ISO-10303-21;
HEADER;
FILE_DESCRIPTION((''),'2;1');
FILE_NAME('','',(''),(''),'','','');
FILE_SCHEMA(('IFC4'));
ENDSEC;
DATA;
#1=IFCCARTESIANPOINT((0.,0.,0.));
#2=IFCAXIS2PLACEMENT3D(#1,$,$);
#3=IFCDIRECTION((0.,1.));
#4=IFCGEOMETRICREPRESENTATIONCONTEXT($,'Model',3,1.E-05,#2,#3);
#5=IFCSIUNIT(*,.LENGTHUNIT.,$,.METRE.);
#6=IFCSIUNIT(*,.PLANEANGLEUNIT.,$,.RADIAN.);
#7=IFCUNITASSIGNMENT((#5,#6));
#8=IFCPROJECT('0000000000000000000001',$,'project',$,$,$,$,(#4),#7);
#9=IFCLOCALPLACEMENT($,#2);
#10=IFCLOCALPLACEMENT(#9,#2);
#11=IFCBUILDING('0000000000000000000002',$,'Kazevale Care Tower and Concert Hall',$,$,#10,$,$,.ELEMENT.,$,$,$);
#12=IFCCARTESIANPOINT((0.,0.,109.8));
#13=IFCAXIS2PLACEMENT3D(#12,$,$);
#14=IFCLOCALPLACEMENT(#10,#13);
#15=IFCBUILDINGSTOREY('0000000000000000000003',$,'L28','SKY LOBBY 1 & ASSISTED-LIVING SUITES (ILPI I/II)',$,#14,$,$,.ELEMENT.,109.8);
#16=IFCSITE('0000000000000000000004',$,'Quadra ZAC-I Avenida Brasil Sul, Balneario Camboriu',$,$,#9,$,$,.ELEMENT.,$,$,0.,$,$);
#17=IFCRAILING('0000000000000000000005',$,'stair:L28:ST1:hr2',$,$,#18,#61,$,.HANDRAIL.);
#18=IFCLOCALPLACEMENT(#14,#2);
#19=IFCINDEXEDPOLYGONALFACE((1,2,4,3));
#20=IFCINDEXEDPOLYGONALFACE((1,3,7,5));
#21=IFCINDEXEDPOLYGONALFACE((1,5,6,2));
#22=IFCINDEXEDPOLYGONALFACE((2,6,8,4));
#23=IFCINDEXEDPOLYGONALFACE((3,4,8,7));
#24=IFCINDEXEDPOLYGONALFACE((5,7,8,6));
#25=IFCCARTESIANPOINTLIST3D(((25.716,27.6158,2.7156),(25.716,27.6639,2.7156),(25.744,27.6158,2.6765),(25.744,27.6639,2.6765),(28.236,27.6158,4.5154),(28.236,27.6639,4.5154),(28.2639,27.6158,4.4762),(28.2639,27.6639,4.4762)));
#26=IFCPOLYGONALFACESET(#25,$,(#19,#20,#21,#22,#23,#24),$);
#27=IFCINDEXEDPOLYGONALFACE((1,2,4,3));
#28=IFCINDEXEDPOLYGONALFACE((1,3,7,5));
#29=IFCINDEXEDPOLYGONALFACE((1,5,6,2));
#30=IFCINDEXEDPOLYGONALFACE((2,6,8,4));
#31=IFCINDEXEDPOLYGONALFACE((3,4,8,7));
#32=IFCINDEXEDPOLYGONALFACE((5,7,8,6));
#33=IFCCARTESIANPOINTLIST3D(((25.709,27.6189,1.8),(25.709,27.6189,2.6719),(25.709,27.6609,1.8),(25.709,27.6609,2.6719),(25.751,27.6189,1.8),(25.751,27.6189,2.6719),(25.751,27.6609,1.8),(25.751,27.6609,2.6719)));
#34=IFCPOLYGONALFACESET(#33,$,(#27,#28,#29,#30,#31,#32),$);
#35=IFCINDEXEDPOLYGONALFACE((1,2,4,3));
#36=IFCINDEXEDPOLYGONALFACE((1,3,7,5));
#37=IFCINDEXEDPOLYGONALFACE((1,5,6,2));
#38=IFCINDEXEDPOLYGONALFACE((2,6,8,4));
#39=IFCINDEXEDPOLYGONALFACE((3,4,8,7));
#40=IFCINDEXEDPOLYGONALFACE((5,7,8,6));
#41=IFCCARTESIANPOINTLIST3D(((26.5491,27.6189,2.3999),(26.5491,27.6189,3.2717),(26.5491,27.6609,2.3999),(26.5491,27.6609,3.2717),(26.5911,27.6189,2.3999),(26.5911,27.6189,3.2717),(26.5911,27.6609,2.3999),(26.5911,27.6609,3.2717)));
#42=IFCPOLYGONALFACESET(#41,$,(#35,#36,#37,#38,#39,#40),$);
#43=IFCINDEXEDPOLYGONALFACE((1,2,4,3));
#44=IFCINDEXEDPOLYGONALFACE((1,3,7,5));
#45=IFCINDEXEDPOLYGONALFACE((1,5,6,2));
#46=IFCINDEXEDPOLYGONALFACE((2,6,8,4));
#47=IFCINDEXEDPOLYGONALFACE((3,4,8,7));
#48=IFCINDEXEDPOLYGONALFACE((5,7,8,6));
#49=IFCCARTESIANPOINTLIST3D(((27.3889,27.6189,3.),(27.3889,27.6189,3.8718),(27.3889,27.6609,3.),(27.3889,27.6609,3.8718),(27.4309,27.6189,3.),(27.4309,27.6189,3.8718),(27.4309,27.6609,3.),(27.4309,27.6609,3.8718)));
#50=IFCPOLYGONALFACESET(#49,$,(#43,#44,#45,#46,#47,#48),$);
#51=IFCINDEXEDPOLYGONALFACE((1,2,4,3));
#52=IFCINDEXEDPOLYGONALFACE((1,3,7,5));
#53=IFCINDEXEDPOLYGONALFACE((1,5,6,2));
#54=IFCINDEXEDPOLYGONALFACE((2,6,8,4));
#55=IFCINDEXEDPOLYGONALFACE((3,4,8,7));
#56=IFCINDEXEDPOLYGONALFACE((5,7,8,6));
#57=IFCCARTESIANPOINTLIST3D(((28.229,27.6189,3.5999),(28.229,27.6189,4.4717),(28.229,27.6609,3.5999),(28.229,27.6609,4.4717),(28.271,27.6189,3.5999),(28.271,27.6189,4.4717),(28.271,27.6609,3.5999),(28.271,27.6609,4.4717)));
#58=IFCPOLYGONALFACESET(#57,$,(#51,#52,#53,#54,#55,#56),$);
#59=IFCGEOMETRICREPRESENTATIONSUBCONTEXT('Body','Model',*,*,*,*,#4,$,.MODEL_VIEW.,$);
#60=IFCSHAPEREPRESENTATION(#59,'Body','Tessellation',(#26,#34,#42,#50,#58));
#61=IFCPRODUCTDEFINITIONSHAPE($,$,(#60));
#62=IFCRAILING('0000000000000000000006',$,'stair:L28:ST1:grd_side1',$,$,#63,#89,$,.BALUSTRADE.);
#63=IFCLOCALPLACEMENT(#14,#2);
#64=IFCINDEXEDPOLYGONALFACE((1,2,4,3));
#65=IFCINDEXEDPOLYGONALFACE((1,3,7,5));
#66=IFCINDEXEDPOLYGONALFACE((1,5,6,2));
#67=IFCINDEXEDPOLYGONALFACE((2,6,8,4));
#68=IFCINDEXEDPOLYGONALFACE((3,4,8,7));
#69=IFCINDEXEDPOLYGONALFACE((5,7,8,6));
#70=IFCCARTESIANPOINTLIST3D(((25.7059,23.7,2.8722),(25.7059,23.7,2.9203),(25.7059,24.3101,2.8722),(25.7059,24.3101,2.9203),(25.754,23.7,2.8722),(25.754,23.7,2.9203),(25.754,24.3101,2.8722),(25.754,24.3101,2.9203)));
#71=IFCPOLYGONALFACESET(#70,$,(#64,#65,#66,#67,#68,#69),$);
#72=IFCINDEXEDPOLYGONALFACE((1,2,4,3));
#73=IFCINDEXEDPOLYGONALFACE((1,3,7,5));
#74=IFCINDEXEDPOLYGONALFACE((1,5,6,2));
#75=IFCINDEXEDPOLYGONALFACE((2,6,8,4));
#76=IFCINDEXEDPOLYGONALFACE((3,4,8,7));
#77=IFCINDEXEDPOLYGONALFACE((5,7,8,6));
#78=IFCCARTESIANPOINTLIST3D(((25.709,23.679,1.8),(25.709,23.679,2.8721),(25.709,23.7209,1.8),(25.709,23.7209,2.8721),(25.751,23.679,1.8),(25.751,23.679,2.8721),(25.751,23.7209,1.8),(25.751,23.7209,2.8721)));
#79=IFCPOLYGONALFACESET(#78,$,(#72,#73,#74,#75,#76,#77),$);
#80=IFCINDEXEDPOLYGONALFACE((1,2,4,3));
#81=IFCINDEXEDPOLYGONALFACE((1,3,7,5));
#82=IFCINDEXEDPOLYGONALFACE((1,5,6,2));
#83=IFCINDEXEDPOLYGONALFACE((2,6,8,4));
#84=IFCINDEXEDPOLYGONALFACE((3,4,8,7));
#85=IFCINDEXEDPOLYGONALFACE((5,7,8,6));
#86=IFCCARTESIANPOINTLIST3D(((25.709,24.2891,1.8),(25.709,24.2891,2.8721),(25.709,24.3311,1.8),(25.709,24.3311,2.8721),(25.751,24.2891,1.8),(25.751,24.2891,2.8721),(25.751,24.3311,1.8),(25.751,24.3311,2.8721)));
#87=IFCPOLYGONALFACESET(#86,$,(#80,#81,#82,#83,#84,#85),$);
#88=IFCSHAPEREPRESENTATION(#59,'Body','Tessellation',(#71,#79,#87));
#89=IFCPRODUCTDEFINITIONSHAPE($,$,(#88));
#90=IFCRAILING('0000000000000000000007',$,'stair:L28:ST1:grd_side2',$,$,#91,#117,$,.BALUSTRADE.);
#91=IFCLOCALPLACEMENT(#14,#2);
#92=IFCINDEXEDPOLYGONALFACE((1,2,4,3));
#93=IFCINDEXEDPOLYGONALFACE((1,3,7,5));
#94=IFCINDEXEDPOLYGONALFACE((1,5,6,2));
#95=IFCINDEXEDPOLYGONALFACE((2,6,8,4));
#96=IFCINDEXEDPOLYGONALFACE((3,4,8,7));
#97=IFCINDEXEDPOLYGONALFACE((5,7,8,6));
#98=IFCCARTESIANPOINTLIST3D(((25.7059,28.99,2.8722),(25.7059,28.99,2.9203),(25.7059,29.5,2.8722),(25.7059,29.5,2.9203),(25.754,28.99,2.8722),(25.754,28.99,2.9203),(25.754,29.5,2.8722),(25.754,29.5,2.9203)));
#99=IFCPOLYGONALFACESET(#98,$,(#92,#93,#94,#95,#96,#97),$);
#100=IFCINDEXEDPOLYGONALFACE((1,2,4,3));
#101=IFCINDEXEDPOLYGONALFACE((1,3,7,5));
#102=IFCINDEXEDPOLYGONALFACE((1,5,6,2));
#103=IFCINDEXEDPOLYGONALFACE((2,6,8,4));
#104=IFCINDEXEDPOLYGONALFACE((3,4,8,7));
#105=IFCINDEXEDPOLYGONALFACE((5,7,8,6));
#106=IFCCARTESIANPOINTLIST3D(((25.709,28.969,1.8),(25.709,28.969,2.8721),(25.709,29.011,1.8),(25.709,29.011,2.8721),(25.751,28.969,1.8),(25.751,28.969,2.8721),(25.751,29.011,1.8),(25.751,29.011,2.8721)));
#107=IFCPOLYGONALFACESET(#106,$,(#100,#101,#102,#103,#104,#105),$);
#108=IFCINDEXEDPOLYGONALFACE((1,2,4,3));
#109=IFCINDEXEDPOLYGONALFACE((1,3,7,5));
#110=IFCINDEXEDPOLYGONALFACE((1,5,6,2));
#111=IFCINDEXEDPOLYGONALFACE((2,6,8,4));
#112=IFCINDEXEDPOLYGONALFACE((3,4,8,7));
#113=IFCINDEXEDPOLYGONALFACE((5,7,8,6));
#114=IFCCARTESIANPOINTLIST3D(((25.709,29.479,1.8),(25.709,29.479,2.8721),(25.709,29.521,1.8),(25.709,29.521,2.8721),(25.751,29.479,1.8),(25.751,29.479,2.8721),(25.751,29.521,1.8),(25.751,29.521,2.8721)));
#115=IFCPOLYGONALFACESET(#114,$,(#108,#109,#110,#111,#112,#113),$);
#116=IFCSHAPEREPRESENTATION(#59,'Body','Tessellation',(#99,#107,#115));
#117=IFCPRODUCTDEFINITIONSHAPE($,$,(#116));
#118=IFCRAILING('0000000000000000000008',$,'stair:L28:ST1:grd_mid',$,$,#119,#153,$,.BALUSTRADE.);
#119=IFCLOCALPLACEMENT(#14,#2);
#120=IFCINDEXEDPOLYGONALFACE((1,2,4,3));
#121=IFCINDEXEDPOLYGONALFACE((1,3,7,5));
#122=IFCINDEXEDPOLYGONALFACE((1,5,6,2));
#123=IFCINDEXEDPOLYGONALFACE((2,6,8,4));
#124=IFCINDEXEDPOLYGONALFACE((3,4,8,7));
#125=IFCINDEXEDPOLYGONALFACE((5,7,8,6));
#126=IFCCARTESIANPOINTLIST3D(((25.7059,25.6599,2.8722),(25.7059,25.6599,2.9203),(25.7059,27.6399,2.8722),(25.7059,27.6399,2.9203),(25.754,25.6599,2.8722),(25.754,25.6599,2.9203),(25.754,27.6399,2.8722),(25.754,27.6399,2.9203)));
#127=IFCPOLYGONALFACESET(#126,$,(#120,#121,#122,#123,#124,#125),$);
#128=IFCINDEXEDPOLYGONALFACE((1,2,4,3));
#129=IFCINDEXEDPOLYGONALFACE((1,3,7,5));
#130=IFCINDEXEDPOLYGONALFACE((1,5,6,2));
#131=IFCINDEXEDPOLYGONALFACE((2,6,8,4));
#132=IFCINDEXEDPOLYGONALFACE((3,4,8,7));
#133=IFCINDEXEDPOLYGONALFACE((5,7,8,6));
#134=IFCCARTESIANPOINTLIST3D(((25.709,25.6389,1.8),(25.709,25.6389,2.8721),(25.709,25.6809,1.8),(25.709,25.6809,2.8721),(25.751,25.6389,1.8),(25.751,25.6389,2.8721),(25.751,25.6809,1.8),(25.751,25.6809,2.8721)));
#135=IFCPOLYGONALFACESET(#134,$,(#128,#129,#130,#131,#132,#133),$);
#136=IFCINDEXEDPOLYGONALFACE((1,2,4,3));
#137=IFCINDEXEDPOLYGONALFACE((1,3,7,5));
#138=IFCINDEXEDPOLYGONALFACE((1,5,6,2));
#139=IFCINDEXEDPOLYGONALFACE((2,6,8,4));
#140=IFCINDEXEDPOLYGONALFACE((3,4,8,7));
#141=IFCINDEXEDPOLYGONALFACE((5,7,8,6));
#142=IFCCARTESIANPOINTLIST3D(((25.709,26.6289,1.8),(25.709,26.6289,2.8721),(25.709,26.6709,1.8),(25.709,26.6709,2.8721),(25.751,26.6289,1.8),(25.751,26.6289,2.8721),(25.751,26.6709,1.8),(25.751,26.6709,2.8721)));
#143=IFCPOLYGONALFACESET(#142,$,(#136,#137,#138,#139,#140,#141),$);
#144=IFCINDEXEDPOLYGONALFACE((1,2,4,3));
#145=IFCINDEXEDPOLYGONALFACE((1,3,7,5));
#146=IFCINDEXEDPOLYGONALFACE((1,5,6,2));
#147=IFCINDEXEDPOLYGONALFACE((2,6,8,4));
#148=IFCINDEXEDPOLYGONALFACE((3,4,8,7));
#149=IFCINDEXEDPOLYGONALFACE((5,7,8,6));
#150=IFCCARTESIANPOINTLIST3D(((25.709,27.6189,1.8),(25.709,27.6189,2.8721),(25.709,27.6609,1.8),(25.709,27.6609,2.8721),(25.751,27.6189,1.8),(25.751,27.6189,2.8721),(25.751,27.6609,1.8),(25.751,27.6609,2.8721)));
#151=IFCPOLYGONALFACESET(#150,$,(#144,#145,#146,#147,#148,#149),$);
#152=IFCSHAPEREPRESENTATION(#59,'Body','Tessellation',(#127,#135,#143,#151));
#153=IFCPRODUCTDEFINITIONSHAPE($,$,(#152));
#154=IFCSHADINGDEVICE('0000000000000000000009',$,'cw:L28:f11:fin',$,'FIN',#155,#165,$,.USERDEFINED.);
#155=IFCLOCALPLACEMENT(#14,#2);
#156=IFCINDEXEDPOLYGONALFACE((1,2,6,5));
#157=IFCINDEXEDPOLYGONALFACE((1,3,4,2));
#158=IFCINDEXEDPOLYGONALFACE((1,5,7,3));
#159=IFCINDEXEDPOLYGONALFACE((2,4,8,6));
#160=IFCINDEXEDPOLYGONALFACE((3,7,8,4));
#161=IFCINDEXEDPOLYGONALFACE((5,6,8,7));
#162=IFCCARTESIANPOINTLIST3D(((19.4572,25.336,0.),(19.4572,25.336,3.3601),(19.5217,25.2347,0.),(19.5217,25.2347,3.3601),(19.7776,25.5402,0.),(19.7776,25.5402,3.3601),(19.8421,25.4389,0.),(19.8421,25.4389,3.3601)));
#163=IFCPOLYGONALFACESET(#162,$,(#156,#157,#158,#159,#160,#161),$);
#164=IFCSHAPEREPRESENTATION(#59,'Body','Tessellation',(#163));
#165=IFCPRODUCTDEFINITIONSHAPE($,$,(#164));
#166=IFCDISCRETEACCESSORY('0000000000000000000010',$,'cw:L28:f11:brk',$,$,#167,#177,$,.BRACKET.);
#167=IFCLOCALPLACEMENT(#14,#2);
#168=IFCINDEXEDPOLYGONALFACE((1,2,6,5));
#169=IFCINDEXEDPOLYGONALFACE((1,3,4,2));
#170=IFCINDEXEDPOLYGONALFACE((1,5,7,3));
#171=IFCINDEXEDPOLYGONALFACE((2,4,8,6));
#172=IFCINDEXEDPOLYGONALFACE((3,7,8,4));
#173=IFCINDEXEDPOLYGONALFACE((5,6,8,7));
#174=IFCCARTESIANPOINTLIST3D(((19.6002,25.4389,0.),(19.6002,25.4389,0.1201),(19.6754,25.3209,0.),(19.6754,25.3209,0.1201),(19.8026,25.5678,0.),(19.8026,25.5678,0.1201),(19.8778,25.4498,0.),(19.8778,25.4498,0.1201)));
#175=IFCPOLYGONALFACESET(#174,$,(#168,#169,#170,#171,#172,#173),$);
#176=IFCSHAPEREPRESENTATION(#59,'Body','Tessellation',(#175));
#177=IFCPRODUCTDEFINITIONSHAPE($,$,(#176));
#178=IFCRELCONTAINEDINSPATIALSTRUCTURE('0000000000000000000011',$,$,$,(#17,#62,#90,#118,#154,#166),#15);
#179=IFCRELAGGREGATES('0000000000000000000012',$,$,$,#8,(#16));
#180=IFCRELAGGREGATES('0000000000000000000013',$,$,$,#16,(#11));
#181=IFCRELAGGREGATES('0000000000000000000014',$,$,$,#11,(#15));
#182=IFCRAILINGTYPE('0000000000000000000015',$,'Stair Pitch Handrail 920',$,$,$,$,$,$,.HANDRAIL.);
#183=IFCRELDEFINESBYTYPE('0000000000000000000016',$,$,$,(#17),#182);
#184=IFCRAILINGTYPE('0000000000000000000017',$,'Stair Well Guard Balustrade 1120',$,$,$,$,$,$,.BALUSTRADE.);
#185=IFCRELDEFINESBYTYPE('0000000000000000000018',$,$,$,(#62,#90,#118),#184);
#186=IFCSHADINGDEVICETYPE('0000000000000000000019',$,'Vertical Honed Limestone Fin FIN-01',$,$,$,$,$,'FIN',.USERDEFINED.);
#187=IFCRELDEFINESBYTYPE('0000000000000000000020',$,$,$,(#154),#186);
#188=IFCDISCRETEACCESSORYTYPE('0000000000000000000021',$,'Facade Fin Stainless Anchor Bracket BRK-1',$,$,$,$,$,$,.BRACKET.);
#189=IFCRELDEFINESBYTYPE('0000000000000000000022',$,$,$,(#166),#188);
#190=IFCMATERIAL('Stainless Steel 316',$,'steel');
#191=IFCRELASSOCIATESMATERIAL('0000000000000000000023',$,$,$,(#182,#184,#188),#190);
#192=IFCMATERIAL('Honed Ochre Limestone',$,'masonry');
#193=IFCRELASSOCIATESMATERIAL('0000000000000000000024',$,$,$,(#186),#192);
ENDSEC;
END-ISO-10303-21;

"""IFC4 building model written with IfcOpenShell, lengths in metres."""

from ifc_helpers import new_model, si_unit, direction, frame, origin, origin_2d, place, context, subcontext, project, spatial, rectangle, extrude, material, type_object, element, save


model = new_model("IFC4")

# Units and contexts
model_context = context("Model", 3, precision=1e-05, world=origin(), true_north=direction((0.0, 1.0)))
body_context = subcontext(model_context, "Body", "Model", "MODEL_VIEW")
ifc_project = project(units=[si_unit("LENGTHUNIT", "METRE"), si_unit("PLANEANGLEUNIT", "RADIAN")], contexts=[model_context])

# Site, building, storey
site_placement = place(None, origin())
site = spatial("IfcSite", under=ifc_project, at=site_placement, Name="Quadra ZAC-I Avenida Brasil Sul, Balneario Camboriu", CompositionType="ELEMENT", RefElevation=0.0)
building_placement = place(site_placement, origin())
building = spatial("IfcBuilding", under=site, at=building_placement, Name="Kazevale Care Tower and Concert Hall", CompositionType="ELEMENT")
storey_placement = place(building_placement, frame((0.0, 0.0, 109.8)))
storey = spatial("IfcBuildingStorey", under=building, at=storey_placement, Name="L28", Description="SKY LOBBY 1 & ASSISTED-LIVING SUITES (ILPI I/II)", CompositionType="ELEMENT", Elevation=109.8)

# Railings
ifc_material_1 = material(Name="Stainless Steel 316", Category="steel")
railing_type_1 = type_object("IfcRailingType", Name="Stair Pitch Handrail 920", PredefinedType="HANDRAIL", material=ifc_material_1)
railing_1_placement = place(storey_placement, frame((25.73, 27.6399, 1.8)))
element("IfcRailing", 1, at=railing_1_placement, inside=storey, type_object=railing_type_1, Name="stair:L28:ST1:hr2", PredefinedType="HANDRAIL", context=body_context, shape_type="SweptSolid", body=[
    extrude(rectangle(XDim=0.0481, YDim=0.0481, at=origin_2d()), frame((0.0, 0.0, 0.896), z_axis=(0.813765, 0.0, 0.581193), x_axis=(0.0, 1.0, 0.0)), (0.0, 0.0, 1.0), 3.0967),
    extrude(rectangle(XDim=0.042, YDim=0.042, at=origin_2d()), origin(), (0.0, 0.0, 1.0), 0.8718),
    extrude(rectangle(XDim=0.042, YDim=0.042, at=origin_2d()), frame((0.8401, 0.0, 0.5999)), (0.0, 0.0, 1.0), 0.8718),
    extrude(rectangle(XDim=0.042, YDim=0.042, at=origin_2d()), frame((1.6799, 0.0, 1.2)), (0.0, 0.0, 1.0), 0.8718),
    extrude(rectangle(XDim=0.042, YDim=0.042, at=origin_2d()), frame((2.52, 0.0, 1.7998)), (0.0, 0.0, 1.0), 0.8718),
])
railing_type_2 = type_object("IfcRailingType", Name="Stair Well Guard Balustrade 1120", PredefinedType="BALUSTRADE", material=ifc_material_1)
railing_2_placement = place(storey_placement, frame((25.73, 23.7, 1.8)))
element("IfcRailing", 2, at=railing_2_placement, inside=storey, type_object=railing_type_2, Name="stair:L28:ST1:grd_side1", PredefinedType="BALUSTRADE", context=body_context, shape_type="SweptSolid", body=[
    extrude(rectangle(XDim=0.0481, YDim=0.0481, at=origin_2d()), frame((0.0, 0.0, 1.0962), z_axis=(0.0, 1.0, 0.0), x_axis=(-1.0, 0.0, 0.0)), (0.0, 0.0, 1.0), 0.6101),
    extrude(rectangle(XDim=0.042, YDim=0.042, at=origin_2d()), origin(), (0.0, 0.0, 1.0), 1.072),
    extrude(rectangle(XDim=0.042, YDim=0.042, at=origin_2d()), frame((0.0, 0.6101, 0.0)), (0.0, 0.0, 1.0), 1.072),
])
railing_3_placement = place(storey_placement, frame((25.73, 28.99, 1.8)))
element("IfcRailing", 3, at=railing_3_placement, inside=storey, type_object=railing_type_2, Name="stair:L28:ST1:grd_side2", PredefinedType="BALUSTRADE", context=body_context, shape_type="SweptSolid", body=[
    extrude(rectangle(XDim=0.0481, YDim=0.0481, at=origin_2d()), frame((0.0, 0.0, 1.0962), z_axis=(0.0, 1.0, 0.0), x_axis=(-1.0, 0.0, 0.0)), (0.0, 0.0, 1.0), 0.51),
    extrude(rectangle(XDim=0.042, YDim=0.042, at=origin_2d()), origin(), (0.0, 0.0, 1.0), 1.072),
    extrude(rectangle(XDim=0.042, YDim=0.042, at=origin_2d()), frame((0.0, 0.51, 0.0)), (0.0, 0.0, 1.0), 1.072),
])
railing_4_placement = place(storey_placement, frame((25.73, 25.6599, 1.8)))
element("IfcRailing", 4, at=railing_4_placement, inside=storey, type_object=railing_type_2, Name="stair:L28:ST1:grd_mid", PredefinedType="BALUSTRADE", context=body_context, shape_type="SweptSolid", body=[
    extrude(rectangle(XDim=0.0481, YDim=0.0481, at=origin_2d()), frame((0.0, 0.0, 1.0962), z_axis=(0.0, 1.0, 0.0), x_axis=(-1.0, 0.0, 0.0)), (0.0, 0.0, 1.0), 1.98),
    extrude(rectangle(XDim=0.042, YDim=0.042, at=origin_2d()), origin(), (0.0, 0.0, 1.0), 1.072),
    extrude(rectangle(XDim=0.042, YDim=0.042, at=origin_2d()), frame((0.0, 0.99, 0.0)), (0.0, 0.0, 1.0), 1.072),
    extrude(rectangle(XDim=0.042, YDim=0.042, at=origin_2d()), frame((0.0, 1.98, 0.0)), (0.0, 0.0, 1.0), 1.072),
])

# Shading device
ifc_material_2 = material(Name="Honed Ochre Limestone", Category="masonry")
shading_device_type = type_object("IfcShadingDeviceType", Name="Vertical Honed Limestone Fin FIN-01", ElementType="FIN", PredefinedType="USERDEFINED", material=ifc_material_2)
shading_device_placement = place(storey_placement, frame((19.6497, 25.3875, 0.0), z_axis=(0.0, 0.0, 1.0), x_axis=(-0.843391, -0.5373, 0.0)))
element("IfcShadingDevice", 5, at=shading_device_placement, inside=storey, type_object=shading_device_type, Name="cw:L28:f11:fin", ObjectType="FIN", PredefinedType="USERDEFINED", context=body_context, shape_type="SweptSolid", body=[
    extrude(rectangle(XDim=0.3799, YDim=0.1201, at=origin_2d()), origin(), (0.0, 0.0, 1.0), 3.3601),
])

# Discrete accessory
discrete_accessory_type = type_object("IfcDiscreteAccessoryType", Name="Facade Fin Stainless Anchor Bracket BRK-1", PredefinedType="BRACKET", material=ifc_material_1)
discrete_accessory_placement = place(storey_placement, frame((19.739, 25.4443, 0.0), z_axis=(0.0, 0.0, 1.0), x_axis=(-0.843391, -0.5373, 0.0)))
element("IfcDiscreteAccessory", 6, at=discrete_accessory_placement, inside=storey, type_object=discrete_accessory_type, Name="cw:L28:f11:brk", PredefinedType="BRACKET", context=body_context, shape_type="SweptSolid", body=[
    extrude(rectangle(XDim=0.24, YDim=0.1399, at=origin_2d()), origin(), (0.0, 0.0, 1.0), 0.1201),
])

save(model, "model.ifc")
